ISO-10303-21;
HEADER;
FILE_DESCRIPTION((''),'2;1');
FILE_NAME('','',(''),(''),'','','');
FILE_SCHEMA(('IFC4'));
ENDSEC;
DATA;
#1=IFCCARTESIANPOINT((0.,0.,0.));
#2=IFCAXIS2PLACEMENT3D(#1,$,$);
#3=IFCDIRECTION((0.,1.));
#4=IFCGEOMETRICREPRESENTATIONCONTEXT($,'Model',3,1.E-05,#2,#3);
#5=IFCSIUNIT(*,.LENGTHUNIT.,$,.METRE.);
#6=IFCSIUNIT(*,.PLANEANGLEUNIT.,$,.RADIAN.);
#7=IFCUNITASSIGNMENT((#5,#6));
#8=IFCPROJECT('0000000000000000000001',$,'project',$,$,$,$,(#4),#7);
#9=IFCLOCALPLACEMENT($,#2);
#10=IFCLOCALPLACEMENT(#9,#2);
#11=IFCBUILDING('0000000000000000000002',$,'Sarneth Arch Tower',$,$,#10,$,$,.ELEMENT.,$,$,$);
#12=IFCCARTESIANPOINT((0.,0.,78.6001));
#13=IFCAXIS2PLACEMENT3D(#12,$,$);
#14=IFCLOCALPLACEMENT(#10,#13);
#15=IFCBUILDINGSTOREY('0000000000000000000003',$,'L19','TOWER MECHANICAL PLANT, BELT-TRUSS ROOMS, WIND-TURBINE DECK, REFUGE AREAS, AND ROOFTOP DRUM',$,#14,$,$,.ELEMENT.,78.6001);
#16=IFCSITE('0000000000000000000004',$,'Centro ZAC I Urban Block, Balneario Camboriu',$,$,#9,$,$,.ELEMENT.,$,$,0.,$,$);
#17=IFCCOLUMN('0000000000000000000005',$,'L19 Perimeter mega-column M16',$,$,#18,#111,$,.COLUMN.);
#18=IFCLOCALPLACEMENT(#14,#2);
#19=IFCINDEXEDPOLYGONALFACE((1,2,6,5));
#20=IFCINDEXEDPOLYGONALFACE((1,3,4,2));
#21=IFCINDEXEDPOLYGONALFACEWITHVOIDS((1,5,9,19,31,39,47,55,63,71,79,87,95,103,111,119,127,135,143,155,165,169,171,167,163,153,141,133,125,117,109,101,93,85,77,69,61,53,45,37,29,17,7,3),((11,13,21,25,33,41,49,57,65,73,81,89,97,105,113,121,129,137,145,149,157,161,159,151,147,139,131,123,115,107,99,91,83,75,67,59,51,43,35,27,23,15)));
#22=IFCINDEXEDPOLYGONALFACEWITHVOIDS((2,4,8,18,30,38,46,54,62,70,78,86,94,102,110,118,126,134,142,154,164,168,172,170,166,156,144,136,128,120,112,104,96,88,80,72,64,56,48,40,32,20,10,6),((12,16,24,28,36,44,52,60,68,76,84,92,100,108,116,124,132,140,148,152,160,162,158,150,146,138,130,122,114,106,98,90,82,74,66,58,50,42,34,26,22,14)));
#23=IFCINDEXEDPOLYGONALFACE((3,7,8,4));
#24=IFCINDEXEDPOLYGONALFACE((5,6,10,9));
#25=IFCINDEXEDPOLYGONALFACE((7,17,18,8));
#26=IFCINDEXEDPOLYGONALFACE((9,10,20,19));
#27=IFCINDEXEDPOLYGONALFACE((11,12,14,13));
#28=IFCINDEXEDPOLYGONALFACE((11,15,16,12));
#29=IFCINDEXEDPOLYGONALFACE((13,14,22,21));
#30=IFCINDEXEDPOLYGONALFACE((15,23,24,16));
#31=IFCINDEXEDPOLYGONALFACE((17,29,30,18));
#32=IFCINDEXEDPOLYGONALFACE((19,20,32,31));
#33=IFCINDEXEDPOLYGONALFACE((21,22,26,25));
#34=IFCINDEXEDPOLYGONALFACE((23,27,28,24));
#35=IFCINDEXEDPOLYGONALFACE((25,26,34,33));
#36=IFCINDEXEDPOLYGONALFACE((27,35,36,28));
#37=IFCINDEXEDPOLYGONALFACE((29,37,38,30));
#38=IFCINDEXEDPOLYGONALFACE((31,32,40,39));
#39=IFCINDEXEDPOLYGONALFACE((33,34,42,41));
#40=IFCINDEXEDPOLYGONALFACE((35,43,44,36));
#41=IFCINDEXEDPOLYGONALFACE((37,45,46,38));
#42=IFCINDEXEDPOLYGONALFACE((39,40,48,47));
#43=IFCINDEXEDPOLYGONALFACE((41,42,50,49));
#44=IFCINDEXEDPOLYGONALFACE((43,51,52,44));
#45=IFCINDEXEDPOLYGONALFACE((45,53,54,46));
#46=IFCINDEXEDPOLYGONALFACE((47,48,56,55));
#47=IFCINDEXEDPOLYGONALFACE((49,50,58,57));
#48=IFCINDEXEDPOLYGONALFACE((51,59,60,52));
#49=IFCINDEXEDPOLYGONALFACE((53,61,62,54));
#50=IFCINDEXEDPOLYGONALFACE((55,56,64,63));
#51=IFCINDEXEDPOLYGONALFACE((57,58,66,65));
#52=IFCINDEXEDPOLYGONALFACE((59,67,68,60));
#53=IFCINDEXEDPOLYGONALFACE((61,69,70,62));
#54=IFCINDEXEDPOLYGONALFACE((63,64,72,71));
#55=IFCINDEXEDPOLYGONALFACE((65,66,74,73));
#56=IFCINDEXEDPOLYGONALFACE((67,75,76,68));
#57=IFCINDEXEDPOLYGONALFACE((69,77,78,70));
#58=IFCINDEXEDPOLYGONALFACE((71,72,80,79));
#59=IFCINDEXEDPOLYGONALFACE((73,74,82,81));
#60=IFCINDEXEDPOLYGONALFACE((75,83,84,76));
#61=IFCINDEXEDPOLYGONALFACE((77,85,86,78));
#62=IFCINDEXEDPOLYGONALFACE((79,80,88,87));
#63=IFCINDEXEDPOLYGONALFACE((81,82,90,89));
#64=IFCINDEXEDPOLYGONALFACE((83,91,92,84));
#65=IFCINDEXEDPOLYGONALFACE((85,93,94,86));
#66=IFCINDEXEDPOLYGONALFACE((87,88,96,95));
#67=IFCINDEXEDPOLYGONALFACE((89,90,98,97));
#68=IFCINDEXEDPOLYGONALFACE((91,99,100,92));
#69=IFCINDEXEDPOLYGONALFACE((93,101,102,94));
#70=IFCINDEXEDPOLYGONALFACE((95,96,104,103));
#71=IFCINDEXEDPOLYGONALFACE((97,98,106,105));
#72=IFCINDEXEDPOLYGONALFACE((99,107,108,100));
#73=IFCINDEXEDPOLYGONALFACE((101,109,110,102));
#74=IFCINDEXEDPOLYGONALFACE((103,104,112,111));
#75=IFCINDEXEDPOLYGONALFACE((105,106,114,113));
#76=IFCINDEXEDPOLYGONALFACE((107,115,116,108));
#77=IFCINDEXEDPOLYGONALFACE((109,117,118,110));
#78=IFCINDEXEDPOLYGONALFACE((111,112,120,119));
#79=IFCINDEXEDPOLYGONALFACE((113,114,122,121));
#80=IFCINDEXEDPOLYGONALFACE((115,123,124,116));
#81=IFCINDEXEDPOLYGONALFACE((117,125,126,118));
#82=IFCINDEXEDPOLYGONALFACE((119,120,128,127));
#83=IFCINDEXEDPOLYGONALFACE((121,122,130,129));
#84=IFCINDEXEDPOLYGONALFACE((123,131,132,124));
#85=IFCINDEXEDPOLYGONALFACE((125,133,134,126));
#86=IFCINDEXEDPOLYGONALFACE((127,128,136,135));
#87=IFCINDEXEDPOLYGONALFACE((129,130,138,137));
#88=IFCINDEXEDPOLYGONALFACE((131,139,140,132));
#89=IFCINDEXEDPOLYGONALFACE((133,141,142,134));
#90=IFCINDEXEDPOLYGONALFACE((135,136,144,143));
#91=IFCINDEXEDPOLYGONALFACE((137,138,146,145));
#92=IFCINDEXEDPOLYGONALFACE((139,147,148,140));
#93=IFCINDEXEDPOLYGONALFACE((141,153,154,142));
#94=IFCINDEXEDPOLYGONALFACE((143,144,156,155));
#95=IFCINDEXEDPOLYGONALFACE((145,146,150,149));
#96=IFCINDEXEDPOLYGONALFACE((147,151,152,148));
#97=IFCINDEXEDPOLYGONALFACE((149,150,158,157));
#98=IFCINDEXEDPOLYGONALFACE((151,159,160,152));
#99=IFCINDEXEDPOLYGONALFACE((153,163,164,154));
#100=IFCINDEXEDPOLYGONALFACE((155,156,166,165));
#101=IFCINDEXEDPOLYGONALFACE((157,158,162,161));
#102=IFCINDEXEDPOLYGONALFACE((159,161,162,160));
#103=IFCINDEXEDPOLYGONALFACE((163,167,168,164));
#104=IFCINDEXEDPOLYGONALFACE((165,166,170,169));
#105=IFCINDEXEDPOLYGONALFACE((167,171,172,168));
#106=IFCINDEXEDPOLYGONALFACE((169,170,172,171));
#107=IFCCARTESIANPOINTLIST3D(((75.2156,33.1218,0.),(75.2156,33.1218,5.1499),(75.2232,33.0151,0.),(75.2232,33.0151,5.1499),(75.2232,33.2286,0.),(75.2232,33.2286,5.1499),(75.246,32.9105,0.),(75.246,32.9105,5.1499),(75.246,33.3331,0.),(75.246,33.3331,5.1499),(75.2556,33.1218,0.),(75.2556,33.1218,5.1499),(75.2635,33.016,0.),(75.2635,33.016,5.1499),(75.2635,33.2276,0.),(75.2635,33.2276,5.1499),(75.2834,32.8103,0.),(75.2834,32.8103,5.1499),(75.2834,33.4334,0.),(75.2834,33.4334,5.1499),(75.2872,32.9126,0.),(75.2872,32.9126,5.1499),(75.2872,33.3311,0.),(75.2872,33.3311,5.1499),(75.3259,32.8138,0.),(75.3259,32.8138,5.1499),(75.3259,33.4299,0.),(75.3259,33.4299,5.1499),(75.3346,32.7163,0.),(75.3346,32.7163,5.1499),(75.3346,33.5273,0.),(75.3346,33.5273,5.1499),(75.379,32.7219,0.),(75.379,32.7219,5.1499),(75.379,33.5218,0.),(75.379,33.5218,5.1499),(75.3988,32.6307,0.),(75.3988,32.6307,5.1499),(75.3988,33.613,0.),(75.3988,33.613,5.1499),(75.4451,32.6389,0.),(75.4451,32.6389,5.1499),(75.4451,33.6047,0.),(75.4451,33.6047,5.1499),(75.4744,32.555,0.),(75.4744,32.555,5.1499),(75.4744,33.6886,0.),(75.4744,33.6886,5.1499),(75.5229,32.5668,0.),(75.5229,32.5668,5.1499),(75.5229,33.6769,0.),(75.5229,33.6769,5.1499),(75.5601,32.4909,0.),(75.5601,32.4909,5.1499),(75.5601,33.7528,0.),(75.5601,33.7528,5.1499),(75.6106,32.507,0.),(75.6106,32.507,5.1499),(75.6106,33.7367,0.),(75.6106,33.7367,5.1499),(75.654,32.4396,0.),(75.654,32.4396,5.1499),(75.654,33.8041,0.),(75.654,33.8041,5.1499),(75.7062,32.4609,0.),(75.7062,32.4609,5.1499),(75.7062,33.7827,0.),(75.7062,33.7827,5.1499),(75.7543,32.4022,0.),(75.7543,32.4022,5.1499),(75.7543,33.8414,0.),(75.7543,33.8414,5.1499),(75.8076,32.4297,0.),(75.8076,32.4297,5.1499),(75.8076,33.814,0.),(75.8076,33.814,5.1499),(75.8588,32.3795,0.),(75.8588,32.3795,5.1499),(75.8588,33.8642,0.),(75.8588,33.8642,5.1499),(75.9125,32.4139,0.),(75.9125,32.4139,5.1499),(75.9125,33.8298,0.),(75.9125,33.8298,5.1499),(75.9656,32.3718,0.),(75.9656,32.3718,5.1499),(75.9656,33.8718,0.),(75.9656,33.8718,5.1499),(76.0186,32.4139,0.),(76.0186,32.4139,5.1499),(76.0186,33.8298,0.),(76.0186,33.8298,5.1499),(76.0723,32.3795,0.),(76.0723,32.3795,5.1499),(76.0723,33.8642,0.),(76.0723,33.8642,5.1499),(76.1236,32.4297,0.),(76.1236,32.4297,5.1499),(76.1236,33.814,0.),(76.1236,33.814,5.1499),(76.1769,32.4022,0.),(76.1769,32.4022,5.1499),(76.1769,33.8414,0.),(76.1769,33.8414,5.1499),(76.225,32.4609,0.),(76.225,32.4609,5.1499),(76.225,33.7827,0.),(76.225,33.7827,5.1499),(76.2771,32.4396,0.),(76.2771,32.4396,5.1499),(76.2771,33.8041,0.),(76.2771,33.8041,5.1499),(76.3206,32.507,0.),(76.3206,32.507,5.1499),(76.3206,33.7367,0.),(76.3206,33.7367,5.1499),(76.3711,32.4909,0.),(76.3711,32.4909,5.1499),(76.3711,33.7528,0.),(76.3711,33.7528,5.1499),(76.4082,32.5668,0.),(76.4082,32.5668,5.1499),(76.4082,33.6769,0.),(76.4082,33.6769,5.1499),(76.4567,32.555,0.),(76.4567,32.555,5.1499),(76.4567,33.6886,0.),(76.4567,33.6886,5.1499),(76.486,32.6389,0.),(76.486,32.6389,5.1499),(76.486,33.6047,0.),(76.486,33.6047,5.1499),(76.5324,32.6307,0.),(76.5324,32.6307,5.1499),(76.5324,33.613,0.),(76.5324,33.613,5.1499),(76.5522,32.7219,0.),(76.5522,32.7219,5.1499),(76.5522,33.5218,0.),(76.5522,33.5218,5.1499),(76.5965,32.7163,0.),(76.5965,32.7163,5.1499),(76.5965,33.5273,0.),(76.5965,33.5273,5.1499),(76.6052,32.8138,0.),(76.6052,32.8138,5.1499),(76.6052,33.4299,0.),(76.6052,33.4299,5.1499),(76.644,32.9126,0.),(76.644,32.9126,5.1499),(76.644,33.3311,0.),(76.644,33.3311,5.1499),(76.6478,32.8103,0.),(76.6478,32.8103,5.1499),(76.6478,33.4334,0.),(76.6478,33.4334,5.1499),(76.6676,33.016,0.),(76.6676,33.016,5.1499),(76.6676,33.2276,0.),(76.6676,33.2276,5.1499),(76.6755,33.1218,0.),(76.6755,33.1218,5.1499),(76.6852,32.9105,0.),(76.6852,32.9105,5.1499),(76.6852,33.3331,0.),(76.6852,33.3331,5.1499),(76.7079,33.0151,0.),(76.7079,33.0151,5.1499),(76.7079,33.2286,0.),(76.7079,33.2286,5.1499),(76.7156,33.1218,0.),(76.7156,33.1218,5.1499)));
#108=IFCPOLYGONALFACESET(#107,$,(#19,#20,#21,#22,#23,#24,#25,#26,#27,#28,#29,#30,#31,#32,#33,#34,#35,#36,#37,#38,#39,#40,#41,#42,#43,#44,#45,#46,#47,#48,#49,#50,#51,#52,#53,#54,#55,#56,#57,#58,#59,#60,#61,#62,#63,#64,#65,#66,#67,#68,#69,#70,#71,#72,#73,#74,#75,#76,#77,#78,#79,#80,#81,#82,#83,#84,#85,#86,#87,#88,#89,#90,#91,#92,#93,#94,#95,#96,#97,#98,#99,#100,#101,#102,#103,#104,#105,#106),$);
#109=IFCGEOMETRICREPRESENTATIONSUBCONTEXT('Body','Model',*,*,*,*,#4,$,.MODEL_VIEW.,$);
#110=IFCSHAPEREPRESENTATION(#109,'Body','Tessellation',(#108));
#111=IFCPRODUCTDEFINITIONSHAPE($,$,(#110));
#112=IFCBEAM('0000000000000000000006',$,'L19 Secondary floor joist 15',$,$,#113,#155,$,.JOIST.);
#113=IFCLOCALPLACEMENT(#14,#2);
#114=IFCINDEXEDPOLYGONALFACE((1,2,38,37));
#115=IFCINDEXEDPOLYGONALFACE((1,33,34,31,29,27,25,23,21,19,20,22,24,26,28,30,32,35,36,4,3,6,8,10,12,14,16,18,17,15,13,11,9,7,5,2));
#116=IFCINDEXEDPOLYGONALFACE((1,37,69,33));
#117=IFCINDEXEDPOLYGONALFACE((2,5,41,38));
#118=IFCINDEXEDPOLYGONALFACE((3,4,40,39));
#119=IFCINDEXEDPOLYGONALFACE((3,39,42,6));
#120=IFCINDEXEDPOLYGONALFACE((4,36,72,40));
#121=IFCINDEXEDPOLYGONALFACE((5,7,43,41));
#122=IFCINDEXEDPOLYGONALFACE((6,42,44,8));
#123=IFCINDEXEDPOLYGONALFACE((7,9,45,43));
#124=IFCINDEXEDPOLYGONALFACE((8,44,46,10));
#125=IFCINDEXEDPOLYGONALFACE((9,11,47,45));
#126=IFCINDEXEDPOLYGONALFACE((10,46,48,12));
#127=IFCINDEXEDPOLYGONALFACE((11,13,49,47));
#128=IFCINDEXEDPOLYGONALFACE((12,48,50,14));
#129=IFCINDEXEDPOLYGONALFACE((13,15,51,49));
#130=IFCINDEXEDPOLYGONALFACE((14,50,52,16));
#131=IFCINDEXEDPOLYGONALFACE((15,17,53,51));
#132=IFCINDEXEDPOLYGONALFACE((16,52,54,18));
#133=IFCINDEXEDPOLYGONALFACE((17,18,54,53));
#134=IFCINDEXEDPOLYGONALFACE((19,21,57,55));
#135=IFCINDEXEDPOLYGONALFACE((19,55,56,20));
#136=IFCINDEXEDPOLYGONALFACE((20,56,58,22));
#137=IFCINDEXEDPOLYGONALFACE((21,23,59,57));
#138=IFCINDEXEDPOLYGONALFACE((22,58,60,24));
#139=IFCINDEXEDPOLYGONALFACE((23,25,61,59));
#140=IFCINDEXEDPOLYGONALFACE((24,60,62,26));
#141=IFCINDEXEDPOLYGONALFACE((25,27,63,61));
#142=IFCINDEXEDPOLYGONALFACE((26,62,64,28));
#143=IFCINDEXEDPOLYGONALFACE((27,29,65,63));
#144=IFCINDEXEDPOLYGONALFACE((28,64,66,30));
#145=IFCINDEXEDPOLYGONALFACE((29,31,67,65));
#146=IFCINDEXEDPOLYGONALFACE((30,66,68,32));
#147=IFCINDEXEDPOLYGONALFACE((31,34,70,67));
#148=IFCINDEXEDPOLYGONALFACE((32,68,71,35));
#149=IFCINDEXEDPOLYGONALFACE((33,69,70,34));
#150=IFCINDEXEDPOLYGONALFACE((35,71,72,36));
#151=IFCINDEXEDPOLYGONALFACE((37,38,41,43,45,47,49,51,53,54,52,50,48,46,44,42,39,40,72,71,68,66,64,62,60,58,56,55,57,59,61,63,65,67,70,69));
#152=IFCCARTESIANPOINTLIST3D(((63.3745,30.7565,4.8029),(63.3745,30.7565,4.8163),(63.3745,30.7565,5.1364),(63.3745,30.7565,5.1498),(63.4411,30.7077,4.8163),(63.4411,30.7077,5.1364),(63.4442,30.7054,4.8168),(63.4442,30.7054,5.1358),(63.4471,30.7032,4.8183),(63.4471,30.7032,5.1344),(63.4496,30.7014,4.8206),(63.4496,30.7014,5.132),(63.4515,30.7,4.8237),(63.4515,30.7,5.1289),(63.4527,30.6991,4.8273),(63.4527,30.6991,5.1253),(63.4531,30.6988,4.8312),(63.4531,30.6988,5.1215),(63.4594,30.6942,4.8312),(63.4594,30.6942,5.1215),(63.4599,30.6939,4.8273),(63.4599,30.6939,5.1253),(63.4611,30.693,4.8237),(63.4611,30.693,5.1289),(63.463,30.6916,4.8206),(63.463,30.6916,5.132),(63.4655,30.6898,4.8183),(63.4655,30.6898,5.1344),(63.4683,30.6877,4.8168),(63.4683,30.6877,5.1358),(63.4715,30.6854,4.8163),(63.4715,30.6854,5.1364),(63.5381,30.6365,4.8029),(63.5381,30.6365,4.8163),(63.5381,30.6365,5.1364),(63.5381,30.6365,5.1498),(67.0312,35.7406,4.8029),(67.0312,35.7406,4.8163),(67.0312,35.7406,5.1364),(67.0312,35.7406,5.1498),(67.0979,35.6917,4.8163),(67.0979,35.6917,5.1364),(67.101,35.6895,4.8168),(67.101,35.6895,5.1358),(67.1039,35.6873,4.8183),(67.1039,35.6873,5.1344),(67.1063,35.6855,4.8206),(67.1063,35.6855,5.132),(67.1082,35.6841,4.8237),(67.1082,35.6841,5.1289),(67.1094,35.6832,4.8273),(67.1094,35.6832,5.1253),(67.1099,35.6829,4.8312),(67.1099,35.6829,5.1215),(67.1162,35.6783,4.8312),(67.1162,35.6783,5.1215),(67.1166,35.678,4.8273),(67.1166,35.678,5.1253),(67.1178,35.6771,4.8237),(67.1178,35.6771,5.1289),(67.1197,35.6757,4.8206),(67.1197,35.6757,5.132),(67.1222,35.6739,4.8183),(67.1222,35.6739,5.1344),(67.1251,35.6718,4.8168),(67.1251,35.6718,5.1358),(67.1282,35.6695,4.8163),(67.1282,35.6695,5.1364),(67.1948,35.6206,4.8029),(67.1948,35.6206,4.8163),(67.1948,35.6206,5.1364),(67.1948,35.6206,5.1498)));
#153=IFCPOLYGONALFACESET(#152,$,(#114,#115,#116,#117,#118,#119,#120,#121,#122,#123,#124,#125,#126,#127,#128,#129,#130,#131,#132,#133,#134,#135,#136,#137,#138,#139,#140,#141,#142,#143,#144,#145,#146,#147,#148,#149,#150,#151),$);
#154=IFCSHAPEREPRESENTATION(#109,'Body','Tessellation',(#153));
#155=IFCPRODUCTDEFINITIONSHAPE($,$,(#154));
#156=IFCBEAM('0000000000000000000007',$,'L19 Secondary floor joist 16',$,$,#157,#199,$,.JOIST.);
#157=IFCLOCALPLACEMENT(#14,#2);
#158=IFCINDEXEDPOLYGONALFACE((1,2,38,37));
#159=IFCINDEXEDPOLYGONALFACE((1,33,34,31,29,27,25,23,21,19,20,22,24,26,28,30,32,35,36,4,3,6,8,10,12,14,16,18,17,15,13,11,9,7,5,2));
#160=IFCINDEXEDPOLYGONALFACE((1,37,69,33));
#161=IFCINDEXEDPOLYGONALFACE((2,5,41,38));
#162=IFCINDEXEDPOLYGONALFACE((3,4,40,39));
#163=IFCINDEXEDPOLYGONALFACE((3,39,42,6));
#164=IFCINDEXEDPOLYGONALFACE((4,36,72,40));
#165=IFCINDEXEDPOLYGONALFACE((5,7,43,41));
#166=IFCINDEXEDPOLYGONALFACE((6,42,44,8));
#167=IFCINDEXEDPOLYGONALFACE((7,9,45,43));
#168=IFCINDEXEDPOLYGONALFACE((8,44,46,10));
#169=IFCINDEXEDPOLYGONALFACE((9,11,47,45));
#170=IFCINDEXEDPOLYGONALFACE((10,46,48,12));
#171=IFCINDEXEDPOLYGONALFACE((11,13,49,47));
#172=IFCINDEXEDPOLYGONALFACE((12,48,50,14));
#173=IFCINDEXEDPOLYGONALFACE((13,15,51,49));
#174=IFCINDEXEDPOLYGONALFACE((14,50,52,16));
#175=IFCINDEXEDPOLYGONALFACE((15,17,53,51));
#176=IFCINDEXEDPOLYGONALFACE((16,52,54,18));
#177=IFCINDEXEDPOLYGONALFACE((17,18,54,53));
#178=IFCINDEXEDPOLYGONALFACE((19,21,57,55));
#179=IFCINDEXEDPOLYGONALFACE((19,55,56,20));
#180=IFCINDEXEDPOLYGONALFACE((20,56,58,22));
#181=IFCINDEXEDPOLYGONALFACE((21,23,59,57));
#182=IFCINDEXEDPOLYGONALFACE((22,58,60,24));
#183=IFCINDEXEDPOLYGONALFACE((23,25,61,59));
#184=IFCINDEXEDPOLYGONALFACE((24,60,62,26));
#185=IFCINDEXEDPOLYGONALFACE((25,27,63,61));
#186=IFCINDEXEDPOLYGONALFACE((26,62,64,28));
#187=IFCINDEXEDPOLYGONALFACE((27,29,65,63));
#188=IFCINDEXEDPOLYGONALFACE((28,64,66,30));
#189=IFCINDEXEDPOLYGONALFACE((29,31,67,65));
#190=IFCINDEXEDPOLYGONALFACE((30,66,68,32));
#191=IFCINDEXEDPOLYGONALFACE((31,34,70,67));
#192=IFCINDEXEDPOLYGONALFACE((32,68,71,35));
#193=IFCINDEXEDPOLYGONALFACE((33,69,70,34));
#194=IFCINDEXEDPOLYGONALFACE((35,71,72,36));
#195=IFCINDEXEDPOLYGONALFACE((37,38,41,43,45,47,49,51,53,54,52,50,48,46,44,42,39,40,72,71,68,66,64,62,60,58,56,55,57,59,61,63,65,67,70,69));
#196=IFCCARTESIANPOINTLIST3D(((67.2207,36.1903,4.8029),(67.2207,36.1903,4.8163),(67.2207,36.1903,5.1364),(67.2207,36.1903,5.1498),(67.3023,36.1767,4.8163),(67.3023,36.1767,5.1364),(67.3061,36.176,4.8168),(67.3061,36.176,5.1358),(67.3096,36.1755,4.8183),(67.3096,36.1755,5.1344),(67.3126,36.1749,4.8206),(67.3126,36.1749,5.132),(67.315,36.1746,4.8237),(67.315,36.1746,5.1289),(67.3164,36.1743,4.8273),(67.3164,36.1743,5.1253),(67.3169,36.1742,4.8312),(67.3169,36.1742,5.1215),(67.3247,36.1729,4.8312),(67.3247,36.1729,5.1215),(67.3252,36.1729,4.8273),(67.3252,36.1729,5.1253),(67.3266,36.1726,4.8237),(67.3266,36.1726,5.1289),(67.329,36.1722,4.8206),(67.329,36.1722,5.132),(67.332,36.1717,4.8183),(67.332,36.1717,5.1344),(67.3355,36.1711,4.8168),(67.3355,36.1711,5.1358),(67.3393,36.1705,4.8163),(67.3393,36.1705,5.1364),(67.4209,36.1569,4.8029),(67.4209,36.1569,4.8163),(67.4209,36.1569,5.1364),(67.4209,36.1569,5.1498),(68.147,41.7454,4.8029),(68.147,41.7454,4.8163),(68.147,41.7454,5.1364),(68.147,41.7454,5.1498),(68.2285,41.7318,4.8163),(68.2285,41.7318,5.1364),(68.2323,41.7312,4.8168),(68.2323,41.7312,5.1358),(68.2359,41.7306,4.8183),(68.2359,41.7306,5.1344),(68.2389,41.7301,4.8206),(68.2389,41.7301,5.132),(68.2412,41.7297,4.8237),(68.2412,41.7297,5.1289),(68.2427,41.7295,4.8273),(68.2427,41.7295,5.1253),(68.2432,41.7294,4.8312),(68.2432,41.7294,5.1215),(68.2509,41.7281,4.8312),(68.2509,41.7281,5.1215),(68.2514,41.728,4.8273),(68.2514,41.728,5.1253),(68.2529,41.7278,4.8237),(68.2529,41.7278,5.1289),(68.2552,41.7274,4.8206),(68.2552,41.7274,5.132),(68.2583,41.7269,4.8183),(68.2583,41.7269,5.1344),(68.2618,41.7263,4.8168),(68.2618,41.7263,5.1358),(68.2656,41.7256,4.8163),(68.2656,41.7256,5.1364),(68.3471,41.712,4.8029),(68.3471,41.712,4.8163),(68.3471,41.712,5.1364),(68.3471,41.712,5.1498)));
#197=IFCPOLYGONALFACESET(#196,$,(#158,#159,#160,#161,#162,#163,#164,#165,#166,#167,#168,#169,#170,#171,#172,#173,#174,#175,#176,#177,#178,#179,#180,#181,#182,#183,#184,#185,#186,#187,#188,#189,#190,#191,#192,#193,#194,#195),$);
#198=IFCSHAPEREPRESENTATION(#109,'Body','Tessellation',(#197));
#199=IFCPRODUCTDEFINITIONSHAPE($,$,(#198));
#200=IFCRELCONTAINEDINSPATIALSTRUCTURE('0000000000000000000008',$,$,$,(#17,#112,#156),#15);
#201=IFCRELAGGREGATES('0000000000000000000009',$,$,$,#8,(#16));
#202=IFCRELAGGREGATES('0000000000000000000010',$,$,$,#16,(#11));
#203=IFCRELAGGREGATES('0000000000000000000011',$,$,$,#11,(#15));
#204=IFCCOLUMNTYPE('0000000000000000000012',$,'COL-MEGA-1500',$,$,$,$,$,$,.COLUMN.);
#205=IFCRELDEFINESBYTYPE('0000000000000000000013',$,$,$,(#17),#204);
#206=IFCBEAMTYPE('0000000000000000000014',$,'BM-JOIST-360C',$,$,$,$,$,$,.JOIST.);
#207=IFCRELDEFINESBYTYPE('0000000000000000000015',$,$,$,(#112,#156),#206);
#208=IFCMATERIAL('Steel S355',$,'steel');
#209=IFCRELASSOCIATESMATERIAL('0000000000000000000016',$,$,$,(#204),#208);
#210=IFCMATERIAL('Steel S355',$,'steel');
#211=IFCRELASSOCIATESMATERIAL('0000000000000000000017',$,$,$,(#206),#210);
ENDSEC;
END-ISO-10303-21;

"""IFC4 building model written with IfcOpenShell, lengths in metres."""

from ifc_helpers import new_model, si_unit, direction, frame, origin, origin_2d, place, context, subcontext, project, spatial, hollow_circle, i_section, extrude, material, material_profile, profile_set, type_object, element, save


model = new_model("IFC4")

# Units and contexts
model_context = context("Model", 3, precision=1e-05, world=origin(), true_north=direction((0.0, 1.0)))
body_context = subcontext(model_context, "Body", "Model", "MODEL_VIEW")
ifc_project = project(units=[si_unit("LENGTHUNIT", "METRE"), si_unit("PLANEANGLEUNIT", "RADIAN")], contexts=[model_context])

# Site, building, storey
site_placement = place(None, origin())
site = spatial("IfcSite", under=ifc_project, at=site_placement, Name="Centro ZAC I Urban Block, Balneario Camboriu", CompositionType="ELEMENT", RefElevation=0.0)
building_placement = place(site_placement, origin())
building = spatial("IfcBuilding", under=site, at=building_placement, Name="Sarneth Arch Tower", CompositionType="ELEMENT")
storey_placement = place(building_placement, frame((0.0, 0.0, 78.6001)))
storey = spatial("IfcBuildingStorey", under=building, at=storey_placement, Name="L19", Description="TOWER MECHANICAL PLANT, BELT-TRUSS ROOMS, WIND-TURBINE DECK, REFUGE AREAS, AND ROOFTOP DRUM", CompositionType="ELEMENT", Elevation=78.6001)

# Column
ifc_material_1 = material(Name="Steel S355", Category="steel")
ifc_material_profile_1 = material_profile(ifc_material_1, hollow_circle(Radius=0.75, WallThickness=0.04, at=origin_2d()), Name="CHS1500x40")
ifc_profile_set_1 = profile_set([ifc_material_profile_1], Name="Steel S355")
column_type = type_object("IfcColumnType", Name="COL-MEGA-1500", PredefinedType="COLUMN", material=ifc_profile_set_1)
column_placement = place(storey_placement, frame((75.9656, 33.1218, 0.0), z_axis=(0.0, 0.0, 1.0), x_axis=(1.0, 0.0, 0.0)))
element("IfcColumn", 1, at=column_placement, inside=storey, type_object=column_type, Name="L19 Perimeter mega-column M16", PredefinedType="COLUMN", context=body_context, shape_type="SweptSolid", body=[
    extrude(hollow_circle(Radius=0.75, WallThickness=0.04, at=origin_2d()), origin(), (0.0, 0.0, 1.0), 5.1499),
])

# Beams
ifc_material_2 = material(Name="Steel S355", Category="steel")
ifc_material_profile_2 = material_profile(ifc_material_2, i_section(OverallWidth=0.2029, OverallDepth=0.3469, WebThickness=0.0078, FlangeThickness=0.0134, FilletRadius=0.0149, at=origin_2d()), Name="W360x64")
ifc_profile_set_2 = profile_set([ifc_material_profile_2], Name="Steel S355")
beam_type_1 = type_object("IfcBeamType", Name="BM-JOIST-360C", PredefinedType="JOIST", material=ifc_profile_set_2)
beam_1_placement = place(storey_placement, frame((63.4563, 30.6965, 4.9763), z_axis=(0.591543, 0.806273, 0.0), x_axis=(-0.806273, 0.591543, 0.0)))
element("IfcBeam", 2, at=beam_1_placement, inside=storey, type_object=beam_type_1, Name="L19 Secondary floor joist 15", PredefinedType="JOIST", context=body_context, shape_type="SweptSolid", body=[
    extrude(i_section(OverallWidth=0.2029, OverallDepth=0.3469, WebThickness=0.0078, FlangeThickness=0.0134, FilletRadius=0.0149, at=origin_2d()), origin(), (0.0, 0.0, 1.0), 6.1816),
])
beam_2_placement = place(storey_placement, frame((67.3208, 36.1736, 4.9763), z_axis=(0.164469, 0.986382, 0.0), x_axis=(-0.986382, 0.164469, 0.0)))
element("IfcBeam", 3, at=beam_2_placement, inside=storey, type_object=beam_type_1, Name="L19 Secondary floor joist 16", PredefinedType="JOIST", context=body_context, shape_type="SweptSolid", body=[
    extrude(i_section(OverallWidth=0.2029, OverallDepth=0.3469, WebThickness=0.0078, FlangeThickness=0.0134, FilletRadius=0.0149, at=origin_2d()), origin(), (0.0, 0.0, 1.0), 5.6318),
])

save(model, "model.ifc")
